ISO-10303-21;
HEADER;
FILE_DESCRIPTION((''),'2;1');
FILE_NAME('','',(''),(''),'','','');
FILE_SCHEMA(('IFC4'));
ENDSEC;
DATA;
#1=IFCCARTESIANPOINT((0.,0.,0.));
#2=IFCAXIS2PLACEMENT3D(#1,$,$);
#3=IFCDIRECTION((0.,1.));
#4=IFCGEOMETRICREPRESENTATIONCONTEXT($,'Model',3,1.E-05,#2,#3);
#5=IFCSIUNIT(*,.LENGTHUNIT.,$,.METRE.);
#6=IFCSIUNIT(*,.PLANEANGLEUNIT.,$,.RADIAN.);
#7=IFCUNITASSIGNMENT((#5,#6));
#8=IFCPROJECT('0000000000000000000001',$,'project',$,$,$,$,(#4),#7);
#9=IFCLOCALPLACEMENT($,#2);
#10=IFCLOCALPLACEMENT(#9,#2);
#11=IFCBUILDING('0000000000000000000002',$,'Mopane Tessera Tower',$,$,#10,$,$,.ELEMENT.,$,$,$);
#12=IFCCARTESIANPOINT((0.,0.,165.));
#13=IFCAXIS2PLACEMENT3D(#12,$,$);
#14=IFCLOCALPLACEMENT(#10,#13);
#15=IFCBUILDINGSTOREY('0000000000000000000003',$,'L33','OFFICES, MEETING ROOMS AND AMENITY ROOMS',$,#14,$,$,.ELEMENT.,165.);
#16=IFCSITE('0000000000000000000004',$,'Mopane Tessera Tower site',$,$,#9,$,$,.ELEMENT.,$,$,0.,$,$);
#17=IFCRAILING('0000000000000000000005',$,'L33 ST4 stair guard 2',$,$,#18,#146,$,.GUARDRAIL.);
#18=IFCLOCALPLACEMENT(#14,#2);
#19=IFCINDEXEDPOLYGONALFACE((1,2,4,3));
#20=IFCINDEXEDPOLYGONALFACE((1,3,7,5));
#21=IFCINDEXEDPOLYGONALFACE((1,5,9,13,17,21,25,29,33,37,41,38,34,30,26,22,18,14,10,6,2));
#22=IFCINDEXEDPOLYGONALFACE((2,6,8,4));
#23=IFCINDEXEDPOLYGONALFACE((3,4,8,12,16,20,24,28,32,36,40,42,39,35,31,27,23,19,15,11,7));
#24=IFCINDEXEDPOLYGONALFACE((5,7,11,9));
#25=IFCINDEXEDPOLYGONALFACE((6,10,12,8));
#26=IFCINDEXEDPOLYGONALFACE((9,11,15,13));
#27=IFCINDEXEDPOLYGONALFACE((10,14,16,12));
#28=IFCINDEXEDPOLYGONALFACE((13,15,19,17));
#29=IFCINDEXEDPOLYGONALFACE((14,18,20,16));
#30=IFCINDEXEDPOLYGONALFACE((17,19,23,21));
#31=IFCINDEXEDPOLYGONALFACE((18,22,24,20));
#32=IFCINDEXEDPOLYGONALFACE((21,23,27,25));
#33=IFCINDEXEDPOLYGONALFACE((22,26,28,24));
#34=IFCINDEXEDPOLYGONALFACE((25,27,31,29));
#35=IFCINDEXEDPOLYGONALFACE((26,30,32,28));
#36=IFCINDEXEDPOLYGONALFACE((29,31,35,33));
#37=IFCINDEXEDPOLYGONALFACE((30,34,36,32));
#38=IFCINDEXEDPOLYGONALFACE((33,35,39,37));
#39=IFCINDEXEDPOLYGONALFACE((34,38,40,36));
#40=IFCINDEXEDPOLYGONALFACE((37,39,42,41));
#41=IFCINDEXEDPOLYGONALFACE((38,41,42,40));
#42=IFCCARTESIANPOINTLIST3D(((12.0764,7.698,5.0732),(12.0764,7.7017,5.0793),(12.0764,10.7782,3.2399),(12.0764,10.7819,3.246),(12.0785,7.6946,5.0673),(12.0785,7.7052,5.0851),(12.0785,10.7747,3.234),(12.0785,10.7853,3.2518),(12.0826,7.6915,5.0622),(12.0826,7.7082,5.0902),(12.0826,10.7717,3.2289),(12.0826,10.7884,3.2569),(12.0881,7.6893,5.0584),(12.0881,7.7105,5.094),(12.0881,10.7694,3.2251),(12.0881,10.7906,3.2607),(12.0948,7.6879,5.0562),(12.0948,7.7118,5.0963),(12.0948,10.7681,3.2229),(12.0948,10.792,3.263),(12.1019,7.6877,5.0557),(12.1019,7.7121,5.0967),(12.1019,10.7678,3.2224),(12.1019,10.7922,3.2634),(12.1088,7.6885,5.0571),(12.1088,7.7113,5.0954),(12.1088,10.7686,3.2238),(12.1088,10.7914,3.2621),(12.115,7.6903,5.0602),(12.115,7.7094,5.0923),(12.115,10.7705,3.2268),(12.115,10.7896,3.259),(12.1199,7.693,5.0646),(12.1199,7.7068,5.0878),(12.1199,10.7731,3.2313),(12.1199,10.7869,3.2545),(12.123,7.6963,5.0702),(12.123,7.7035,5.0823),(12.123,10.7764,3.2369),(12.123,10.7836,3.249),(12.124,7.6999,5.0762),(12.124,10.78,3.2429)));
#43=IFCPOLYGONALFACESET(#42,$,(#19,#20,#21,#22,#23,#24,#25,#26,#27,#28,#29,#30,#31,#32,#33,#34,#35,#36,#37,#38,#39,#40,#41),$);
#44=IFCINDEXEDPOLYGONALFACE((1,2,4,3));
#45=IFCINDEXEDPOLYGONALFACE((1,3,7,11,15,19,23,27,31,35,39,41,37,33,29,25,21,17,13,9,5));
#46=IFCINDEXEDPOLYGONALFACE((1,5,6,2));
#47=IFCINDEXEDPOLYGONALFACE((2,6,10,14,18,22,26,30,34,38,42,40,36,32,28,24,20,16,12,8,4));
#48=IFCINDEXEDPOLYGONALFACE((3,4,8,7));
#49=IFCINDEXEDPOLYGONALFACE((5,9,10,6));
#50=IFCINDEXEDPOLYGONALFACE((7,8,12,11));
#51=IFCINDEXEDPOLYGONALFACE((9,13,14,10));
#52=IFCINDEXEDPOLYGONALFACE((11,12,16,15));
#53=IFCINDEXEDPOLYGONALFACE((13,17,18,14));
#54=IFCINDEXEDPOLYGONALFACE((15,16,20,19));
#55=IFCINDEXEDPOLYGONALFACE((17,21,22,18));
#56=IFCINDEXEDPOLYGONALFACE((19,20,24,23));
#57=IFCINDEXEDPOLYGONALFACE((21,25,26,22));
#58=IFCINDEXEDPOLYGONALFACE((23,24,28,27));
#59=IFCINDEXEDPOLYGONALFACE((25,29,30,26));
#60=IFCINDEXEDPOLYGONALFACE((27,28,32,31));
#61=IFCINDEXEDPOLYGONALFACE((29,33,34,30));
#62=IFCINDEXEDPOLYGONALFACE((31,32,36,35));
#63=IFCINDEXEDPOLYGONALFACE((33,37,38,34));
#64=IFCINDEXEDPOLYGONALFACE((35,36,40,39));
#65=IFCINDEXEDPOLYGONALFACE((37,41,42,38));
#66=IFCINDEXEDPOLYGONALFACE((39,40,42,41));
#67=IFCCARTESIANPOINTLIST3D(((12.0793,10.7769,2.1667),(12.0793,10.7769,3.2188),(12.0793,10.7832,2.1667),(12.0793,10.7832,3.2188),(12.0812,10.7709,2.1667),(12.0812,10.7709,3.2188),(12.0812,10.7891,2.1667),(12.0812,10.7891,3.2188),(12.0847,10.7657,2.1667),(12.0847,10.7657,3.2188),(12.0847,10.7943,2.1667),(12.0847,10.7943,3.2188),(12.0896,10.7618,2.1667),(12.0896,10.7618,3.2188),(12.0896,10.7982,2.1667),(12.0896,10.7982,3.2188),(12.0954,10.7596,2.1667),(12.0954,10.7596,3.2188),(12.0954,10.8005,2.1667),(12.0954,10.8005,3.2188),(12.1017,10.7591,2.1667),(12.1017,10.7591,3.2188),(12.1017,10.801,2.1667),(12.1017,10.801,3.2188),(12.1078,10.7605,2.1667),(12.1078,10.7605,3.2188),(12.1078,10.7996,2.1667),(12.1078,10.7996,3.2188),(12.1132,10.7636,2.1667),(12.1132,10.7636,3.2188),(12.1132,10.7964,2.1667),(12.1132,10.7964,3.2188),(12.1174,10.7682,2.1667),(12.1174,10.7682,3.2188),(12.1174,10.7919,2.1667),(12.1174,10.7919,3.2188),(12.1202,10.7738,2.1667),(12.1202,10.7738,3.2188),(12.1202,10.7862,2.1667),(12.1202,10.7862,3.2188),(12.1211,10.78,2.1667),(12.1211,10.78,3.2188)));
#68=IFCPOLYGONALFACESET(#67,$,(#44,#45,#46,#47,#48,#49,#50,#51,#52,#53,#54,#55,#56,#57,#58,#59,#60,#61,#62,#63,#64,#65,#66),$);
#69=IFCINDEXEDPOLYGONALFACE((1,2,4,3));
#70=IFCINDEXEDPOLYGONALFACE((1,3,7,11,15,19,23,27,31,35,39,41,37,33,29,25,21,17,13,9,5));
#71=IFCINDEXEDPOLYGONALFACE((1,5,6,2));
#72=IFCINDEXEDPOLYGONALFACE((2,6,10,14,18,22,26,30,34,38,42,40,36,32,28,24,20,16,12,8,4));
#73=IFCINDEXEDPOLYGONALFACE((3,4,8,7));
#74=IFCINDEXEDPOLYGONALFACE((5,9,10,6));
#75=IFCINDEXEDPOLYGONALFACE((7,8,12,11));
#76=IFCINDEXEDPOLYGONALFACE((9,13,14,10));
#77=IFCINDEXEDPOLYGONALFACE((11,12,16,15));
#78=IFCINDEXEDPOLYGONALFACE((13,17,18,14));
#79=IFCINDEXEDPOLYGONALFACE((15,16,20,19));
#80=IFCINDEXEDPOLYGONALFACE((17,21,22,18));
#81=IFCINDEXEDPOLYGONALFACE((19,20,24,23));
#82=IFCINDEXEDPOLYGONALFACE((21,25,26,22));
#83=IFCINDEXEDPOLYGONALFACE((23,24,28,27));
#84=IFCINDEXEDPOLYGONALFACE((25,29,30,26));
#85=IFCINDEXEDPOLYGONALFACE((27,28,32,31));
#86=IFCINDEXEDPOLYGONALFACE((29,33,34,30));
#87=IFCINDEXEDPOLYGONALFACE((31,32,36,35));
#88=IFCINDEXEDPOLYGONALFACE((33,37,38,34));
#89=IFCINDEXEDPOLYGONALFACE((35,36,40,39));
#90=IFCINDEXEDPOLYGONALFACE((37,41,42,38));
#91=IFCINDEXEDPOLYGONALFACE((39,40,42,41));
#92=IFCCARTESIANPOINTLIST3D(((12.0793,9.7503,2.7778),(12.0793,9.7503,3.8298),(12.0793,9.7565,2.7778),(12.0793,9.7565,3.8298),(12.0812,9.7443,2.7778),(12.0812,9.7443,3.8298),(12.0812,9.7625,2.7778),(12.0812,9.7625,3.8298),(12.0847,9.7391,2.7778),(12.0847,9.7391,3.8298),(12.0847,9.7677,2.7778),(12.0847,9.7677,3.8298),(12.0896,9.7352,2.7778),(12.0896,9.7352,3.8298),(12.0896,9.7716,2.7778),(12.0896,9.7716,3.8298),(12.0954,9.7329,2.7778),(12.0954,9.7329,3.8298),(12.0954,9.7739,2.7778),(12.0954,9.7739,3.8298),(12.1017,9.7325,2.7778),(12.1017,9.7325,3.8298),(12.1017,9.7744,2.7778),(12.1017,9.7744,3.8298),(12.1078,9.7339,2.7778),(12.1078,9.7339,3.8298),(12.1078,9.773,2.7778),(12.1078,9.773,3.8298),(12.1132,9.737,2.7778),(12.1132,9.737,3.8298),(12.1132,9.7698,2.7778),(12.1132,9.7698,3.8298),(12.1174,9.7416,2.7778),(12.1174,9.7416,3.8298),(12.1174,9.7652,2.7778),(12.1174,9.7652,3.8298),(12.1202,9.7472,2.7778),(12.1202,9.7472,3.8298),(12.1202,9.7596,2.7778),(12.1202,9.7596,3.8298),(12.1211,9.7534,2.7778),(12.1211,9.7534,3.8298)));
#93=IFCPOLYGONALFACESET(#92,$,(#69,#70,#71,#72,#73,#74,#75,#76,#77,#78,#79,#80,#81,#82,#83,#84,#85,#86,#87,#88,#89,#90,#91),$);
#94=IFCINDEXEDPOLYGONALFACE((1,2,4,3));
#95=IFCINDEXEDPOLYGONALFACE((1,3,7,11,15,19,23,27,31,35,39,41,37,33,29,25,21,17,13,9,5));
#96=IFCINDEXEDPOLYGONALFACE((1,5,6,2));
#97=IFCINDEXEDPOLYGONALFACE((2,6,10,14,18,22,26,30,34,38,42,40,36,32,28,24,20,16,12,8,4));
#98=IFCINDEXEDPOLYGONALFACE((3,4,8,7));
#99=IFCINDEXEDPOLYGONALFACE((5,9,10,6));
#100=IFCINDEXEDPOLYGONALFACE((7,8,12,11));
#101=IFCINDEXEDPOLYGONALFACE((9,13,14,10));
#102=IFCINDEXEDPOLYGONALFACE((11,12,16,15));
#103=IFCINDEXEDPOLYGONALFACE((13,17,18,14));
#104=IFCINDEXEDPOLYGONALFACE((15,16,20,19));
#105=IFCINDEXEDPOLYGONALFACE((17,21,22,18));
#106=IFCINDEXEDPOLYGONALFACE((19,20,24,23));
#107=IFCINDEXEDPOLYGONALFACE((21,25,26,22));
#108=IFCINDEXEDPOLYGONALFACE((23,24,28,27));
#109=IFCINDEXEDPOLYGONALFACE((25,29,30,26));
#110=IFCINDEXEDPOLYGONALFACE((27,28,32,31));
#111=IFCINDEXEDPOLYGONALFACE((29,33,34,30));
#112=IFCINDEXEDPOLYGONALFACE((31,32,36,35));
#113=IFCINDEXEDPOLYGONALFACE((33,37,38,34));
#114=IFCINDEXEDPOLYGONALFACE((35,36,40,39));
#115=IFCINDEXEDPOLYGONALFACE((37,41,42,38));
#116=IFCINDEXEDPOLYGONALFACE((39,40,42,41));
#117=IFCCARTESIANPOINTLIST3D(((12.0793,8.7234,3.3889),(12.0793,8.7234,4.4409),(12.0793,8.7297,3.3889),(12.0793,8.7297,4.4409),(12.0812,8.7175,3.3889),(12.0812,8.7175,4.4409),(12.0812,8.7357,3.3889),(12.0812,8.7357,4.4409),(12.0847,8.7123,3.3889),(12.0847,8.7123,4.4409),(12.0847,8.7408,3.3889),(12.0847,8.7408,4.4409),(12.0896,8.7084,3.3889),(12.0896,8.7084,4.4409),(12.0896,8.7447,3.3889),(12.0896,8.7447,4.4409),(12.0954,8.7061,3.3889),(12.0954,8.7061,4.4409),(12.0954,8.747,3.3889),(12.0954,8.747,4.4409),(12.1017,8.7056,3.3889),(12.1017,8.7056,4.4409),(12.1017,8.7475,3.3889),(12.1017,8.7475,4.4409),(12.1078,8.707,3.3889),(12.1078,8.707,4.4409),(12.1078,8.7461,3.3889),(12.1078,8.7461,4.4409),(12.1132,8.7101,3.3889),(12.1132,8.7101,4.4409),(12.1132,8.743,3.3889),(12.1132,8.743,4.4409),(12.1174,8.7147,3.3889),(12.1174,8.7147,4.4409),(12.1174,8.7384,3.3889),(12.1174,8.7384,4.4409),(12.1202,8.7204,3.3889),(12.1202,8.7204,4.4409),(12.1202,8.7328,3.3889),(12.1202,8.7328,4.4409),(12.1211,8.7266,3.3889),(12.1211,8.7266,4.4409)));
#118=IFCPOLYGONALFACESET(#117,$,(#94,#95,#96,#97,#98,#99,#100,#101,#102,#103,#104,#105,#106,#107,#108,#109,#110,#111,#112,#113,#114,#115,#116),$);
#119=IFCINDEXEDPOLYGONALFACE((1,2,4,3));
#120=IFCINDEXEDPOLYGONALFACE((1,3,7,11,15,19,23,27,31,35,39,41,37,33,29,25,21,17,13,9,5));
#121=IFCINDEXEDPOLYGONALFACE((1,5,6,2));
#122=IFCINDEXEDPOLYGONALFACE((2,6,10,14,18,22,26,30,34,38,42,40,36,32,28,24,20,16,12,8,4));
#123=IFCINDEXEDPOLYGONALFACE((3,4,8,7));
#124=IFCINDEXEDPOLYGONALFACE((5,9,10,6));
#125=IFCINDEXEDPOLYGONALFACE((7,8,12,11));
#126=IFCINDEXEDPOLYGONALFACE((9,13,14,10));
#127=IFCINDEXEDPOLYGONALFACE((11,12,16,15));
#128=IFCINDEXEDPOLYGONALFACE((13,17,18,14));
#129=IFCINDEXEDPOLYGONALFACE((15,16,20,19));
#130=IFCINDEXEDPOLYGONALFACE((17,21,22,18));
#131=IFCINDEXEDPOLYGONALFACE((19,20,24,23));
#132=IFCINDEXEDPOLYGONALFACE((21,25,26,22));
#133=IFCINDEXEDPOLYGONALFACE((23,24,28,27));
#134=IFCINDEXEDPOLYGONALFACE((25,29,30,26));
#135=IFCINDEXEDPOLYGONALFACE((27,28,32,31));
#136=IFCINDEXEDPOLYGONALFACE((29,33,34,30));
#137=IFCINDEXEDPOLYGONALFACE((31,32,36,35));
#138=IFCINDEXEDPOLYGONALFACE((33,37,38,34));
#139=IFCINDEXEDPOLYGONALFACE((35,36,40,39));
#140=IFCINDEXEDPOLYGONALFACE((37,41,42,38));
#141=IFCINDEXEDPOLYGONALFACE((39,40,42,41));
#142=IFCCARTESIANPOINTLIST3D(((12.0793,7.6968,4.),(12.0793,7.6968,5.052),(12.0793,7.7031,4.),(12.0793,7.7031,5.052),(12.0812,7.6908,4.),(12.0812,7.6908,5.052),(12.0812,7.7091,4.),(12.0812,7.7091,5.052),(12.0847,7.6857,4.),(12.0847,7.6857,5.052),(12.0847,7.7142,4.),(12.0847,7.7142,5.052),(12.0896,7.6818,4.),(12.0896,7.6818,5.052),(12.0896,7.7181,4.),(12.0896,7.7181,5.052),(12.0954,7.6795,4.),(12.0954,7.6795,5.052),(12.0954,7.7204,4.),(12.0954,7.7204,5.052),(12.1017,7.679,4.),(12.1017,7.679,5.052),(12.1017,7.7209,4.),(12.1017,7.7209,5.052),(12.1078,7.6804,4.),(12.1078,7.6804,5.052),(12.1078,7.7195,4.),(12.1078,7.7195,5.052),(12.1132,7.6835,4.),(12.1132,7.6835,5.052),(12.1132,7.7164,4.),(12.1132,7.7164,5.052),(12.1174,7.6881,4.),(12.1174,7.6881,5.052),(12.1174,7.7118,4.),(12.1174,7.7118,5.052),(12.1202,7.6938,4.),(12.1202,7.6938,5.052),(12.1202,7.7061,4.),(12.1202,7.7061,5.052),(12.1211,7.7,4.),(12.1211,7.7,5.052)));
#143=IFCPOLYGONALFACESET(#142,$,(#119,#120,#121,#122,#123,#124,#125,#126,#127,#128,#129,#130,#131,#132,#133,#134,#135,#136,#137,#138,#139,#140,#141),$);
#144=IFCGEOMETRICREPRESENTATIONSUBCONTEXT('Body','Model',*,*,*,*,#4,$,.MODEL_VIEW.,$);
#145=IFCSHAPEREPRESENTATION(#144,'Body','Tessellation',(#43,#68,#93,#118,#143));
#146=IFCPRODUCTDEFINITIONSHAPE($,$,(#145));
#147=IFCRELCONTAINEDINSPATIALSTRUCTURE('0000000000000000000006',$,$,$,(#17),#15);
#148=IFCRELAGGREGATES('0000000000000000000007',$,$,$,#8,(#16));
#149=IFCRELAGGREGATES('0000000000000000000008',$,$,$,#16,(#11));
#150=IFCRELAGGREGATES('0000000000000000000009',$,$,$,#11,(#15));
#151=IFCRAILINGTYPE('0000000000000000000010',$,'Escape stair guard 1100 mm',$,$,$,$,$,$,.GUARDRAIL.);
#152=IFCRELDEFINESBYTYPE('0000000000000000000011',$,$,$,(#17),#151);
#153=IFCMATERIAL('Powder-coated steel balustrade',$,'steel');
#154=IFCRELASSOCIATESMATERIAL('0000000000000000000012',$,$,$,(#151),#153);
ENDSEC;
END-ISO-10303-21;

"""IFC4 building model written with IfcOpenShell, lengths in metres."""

from ifc_helpers import new_model, si_unit, direction, frame, origin, origin_2d, place, context, subcontext, project, spatial, circle, extrude, material, type_object, element, save


model = new_model("IFC4")

# Units and contexts
model_context = context("Model", 3, precision=1e-05, world=origin(), true_north=direction((0.0, 1.0)))
body_context = subcontext(model_context, "Body", "Model", "MODEL_VIEW")
ifc_project = project(units=[si_unit("LENGTHUNIT", "METRE"), si_unit("PLANEANGLEUNIT", "RADIAN")], contexts=[model_context])

# Site, building, storey
site_placement = place(None, origin())
site = spatial("IfcSite", under=ifc_project, at=site_placement, Name="Mopane Tessera Tower site", CompositionType="ELEMENT", RefElevation=0.0)
building_placement = place(site_placement, origin())
building = spatial("IfcBuilding", under=site, at=building_placement, Name="Mopane Tessera Tower", CompositionType="ELEMENT")
storey_placement = place(building_placement, frame((0.0, 0.0, 165.0)))
storey = spatial("IfcBuildingStorey", under=building, at=storey_placement, Name="L33", Description="OFFICES, MEETING ROOMS AND AMENITY ROOMS", CompositionType="ELEMENT", Elevation=165.0)

# Railing
ifc_material_1 = material(Name="Powder-coated steel balustrade", Category="steel")
railing_type_1 = type_object("IfcRailingType", Name="Escape stair guard 1100 mm", PredefinedType="GUARDRAIL", material=ifc_material_1)
railing_1_placement = place(storey_placement, frame((12.1001, 10.78, 2.1667)))
element("IfcRailing", 1, at=railing_1_placement, inside=storey, type_object=railing_type_1, Name="L33 ST4 stair guard 2", PredefinedType="GUARDRAIL", context=body_context, shape_type="SweptSolid", body=[
    extrude(circle(Radius=0.0239, at=origin_2d()), frame((0.0, 0.0, 1.0762), z_axis=(0.0, -0.859309, 0.511458), x_axis=(1.0, 0.0, 0.0)), (0.0, 0.0, 1.0), 3.5845),
    extrude(circle(Radius=0.021, at=origin_2d()), origin(), (0.0, 0.0, 1.0), 1.052),
    extrude(circle(Radius=0.021, at=origin_2d()), frame((0.0, -1.0266, 0.6111)), (0.0, 0.0, 1.0), 1.052),
    extrude(circle(Radius=0.021, at=origin_2d()), frame((0.0, -2.0535, 1.2222)), (0.0, 0.0, 1.0), 1.052),
    extrude(circle(Radius=0.021, at=origin_2d()), frame((0.0, -3.0801, 1.8333)), (0.0, 0.0, 1.0), 1.052),
])

save(model, "model.ifc")
